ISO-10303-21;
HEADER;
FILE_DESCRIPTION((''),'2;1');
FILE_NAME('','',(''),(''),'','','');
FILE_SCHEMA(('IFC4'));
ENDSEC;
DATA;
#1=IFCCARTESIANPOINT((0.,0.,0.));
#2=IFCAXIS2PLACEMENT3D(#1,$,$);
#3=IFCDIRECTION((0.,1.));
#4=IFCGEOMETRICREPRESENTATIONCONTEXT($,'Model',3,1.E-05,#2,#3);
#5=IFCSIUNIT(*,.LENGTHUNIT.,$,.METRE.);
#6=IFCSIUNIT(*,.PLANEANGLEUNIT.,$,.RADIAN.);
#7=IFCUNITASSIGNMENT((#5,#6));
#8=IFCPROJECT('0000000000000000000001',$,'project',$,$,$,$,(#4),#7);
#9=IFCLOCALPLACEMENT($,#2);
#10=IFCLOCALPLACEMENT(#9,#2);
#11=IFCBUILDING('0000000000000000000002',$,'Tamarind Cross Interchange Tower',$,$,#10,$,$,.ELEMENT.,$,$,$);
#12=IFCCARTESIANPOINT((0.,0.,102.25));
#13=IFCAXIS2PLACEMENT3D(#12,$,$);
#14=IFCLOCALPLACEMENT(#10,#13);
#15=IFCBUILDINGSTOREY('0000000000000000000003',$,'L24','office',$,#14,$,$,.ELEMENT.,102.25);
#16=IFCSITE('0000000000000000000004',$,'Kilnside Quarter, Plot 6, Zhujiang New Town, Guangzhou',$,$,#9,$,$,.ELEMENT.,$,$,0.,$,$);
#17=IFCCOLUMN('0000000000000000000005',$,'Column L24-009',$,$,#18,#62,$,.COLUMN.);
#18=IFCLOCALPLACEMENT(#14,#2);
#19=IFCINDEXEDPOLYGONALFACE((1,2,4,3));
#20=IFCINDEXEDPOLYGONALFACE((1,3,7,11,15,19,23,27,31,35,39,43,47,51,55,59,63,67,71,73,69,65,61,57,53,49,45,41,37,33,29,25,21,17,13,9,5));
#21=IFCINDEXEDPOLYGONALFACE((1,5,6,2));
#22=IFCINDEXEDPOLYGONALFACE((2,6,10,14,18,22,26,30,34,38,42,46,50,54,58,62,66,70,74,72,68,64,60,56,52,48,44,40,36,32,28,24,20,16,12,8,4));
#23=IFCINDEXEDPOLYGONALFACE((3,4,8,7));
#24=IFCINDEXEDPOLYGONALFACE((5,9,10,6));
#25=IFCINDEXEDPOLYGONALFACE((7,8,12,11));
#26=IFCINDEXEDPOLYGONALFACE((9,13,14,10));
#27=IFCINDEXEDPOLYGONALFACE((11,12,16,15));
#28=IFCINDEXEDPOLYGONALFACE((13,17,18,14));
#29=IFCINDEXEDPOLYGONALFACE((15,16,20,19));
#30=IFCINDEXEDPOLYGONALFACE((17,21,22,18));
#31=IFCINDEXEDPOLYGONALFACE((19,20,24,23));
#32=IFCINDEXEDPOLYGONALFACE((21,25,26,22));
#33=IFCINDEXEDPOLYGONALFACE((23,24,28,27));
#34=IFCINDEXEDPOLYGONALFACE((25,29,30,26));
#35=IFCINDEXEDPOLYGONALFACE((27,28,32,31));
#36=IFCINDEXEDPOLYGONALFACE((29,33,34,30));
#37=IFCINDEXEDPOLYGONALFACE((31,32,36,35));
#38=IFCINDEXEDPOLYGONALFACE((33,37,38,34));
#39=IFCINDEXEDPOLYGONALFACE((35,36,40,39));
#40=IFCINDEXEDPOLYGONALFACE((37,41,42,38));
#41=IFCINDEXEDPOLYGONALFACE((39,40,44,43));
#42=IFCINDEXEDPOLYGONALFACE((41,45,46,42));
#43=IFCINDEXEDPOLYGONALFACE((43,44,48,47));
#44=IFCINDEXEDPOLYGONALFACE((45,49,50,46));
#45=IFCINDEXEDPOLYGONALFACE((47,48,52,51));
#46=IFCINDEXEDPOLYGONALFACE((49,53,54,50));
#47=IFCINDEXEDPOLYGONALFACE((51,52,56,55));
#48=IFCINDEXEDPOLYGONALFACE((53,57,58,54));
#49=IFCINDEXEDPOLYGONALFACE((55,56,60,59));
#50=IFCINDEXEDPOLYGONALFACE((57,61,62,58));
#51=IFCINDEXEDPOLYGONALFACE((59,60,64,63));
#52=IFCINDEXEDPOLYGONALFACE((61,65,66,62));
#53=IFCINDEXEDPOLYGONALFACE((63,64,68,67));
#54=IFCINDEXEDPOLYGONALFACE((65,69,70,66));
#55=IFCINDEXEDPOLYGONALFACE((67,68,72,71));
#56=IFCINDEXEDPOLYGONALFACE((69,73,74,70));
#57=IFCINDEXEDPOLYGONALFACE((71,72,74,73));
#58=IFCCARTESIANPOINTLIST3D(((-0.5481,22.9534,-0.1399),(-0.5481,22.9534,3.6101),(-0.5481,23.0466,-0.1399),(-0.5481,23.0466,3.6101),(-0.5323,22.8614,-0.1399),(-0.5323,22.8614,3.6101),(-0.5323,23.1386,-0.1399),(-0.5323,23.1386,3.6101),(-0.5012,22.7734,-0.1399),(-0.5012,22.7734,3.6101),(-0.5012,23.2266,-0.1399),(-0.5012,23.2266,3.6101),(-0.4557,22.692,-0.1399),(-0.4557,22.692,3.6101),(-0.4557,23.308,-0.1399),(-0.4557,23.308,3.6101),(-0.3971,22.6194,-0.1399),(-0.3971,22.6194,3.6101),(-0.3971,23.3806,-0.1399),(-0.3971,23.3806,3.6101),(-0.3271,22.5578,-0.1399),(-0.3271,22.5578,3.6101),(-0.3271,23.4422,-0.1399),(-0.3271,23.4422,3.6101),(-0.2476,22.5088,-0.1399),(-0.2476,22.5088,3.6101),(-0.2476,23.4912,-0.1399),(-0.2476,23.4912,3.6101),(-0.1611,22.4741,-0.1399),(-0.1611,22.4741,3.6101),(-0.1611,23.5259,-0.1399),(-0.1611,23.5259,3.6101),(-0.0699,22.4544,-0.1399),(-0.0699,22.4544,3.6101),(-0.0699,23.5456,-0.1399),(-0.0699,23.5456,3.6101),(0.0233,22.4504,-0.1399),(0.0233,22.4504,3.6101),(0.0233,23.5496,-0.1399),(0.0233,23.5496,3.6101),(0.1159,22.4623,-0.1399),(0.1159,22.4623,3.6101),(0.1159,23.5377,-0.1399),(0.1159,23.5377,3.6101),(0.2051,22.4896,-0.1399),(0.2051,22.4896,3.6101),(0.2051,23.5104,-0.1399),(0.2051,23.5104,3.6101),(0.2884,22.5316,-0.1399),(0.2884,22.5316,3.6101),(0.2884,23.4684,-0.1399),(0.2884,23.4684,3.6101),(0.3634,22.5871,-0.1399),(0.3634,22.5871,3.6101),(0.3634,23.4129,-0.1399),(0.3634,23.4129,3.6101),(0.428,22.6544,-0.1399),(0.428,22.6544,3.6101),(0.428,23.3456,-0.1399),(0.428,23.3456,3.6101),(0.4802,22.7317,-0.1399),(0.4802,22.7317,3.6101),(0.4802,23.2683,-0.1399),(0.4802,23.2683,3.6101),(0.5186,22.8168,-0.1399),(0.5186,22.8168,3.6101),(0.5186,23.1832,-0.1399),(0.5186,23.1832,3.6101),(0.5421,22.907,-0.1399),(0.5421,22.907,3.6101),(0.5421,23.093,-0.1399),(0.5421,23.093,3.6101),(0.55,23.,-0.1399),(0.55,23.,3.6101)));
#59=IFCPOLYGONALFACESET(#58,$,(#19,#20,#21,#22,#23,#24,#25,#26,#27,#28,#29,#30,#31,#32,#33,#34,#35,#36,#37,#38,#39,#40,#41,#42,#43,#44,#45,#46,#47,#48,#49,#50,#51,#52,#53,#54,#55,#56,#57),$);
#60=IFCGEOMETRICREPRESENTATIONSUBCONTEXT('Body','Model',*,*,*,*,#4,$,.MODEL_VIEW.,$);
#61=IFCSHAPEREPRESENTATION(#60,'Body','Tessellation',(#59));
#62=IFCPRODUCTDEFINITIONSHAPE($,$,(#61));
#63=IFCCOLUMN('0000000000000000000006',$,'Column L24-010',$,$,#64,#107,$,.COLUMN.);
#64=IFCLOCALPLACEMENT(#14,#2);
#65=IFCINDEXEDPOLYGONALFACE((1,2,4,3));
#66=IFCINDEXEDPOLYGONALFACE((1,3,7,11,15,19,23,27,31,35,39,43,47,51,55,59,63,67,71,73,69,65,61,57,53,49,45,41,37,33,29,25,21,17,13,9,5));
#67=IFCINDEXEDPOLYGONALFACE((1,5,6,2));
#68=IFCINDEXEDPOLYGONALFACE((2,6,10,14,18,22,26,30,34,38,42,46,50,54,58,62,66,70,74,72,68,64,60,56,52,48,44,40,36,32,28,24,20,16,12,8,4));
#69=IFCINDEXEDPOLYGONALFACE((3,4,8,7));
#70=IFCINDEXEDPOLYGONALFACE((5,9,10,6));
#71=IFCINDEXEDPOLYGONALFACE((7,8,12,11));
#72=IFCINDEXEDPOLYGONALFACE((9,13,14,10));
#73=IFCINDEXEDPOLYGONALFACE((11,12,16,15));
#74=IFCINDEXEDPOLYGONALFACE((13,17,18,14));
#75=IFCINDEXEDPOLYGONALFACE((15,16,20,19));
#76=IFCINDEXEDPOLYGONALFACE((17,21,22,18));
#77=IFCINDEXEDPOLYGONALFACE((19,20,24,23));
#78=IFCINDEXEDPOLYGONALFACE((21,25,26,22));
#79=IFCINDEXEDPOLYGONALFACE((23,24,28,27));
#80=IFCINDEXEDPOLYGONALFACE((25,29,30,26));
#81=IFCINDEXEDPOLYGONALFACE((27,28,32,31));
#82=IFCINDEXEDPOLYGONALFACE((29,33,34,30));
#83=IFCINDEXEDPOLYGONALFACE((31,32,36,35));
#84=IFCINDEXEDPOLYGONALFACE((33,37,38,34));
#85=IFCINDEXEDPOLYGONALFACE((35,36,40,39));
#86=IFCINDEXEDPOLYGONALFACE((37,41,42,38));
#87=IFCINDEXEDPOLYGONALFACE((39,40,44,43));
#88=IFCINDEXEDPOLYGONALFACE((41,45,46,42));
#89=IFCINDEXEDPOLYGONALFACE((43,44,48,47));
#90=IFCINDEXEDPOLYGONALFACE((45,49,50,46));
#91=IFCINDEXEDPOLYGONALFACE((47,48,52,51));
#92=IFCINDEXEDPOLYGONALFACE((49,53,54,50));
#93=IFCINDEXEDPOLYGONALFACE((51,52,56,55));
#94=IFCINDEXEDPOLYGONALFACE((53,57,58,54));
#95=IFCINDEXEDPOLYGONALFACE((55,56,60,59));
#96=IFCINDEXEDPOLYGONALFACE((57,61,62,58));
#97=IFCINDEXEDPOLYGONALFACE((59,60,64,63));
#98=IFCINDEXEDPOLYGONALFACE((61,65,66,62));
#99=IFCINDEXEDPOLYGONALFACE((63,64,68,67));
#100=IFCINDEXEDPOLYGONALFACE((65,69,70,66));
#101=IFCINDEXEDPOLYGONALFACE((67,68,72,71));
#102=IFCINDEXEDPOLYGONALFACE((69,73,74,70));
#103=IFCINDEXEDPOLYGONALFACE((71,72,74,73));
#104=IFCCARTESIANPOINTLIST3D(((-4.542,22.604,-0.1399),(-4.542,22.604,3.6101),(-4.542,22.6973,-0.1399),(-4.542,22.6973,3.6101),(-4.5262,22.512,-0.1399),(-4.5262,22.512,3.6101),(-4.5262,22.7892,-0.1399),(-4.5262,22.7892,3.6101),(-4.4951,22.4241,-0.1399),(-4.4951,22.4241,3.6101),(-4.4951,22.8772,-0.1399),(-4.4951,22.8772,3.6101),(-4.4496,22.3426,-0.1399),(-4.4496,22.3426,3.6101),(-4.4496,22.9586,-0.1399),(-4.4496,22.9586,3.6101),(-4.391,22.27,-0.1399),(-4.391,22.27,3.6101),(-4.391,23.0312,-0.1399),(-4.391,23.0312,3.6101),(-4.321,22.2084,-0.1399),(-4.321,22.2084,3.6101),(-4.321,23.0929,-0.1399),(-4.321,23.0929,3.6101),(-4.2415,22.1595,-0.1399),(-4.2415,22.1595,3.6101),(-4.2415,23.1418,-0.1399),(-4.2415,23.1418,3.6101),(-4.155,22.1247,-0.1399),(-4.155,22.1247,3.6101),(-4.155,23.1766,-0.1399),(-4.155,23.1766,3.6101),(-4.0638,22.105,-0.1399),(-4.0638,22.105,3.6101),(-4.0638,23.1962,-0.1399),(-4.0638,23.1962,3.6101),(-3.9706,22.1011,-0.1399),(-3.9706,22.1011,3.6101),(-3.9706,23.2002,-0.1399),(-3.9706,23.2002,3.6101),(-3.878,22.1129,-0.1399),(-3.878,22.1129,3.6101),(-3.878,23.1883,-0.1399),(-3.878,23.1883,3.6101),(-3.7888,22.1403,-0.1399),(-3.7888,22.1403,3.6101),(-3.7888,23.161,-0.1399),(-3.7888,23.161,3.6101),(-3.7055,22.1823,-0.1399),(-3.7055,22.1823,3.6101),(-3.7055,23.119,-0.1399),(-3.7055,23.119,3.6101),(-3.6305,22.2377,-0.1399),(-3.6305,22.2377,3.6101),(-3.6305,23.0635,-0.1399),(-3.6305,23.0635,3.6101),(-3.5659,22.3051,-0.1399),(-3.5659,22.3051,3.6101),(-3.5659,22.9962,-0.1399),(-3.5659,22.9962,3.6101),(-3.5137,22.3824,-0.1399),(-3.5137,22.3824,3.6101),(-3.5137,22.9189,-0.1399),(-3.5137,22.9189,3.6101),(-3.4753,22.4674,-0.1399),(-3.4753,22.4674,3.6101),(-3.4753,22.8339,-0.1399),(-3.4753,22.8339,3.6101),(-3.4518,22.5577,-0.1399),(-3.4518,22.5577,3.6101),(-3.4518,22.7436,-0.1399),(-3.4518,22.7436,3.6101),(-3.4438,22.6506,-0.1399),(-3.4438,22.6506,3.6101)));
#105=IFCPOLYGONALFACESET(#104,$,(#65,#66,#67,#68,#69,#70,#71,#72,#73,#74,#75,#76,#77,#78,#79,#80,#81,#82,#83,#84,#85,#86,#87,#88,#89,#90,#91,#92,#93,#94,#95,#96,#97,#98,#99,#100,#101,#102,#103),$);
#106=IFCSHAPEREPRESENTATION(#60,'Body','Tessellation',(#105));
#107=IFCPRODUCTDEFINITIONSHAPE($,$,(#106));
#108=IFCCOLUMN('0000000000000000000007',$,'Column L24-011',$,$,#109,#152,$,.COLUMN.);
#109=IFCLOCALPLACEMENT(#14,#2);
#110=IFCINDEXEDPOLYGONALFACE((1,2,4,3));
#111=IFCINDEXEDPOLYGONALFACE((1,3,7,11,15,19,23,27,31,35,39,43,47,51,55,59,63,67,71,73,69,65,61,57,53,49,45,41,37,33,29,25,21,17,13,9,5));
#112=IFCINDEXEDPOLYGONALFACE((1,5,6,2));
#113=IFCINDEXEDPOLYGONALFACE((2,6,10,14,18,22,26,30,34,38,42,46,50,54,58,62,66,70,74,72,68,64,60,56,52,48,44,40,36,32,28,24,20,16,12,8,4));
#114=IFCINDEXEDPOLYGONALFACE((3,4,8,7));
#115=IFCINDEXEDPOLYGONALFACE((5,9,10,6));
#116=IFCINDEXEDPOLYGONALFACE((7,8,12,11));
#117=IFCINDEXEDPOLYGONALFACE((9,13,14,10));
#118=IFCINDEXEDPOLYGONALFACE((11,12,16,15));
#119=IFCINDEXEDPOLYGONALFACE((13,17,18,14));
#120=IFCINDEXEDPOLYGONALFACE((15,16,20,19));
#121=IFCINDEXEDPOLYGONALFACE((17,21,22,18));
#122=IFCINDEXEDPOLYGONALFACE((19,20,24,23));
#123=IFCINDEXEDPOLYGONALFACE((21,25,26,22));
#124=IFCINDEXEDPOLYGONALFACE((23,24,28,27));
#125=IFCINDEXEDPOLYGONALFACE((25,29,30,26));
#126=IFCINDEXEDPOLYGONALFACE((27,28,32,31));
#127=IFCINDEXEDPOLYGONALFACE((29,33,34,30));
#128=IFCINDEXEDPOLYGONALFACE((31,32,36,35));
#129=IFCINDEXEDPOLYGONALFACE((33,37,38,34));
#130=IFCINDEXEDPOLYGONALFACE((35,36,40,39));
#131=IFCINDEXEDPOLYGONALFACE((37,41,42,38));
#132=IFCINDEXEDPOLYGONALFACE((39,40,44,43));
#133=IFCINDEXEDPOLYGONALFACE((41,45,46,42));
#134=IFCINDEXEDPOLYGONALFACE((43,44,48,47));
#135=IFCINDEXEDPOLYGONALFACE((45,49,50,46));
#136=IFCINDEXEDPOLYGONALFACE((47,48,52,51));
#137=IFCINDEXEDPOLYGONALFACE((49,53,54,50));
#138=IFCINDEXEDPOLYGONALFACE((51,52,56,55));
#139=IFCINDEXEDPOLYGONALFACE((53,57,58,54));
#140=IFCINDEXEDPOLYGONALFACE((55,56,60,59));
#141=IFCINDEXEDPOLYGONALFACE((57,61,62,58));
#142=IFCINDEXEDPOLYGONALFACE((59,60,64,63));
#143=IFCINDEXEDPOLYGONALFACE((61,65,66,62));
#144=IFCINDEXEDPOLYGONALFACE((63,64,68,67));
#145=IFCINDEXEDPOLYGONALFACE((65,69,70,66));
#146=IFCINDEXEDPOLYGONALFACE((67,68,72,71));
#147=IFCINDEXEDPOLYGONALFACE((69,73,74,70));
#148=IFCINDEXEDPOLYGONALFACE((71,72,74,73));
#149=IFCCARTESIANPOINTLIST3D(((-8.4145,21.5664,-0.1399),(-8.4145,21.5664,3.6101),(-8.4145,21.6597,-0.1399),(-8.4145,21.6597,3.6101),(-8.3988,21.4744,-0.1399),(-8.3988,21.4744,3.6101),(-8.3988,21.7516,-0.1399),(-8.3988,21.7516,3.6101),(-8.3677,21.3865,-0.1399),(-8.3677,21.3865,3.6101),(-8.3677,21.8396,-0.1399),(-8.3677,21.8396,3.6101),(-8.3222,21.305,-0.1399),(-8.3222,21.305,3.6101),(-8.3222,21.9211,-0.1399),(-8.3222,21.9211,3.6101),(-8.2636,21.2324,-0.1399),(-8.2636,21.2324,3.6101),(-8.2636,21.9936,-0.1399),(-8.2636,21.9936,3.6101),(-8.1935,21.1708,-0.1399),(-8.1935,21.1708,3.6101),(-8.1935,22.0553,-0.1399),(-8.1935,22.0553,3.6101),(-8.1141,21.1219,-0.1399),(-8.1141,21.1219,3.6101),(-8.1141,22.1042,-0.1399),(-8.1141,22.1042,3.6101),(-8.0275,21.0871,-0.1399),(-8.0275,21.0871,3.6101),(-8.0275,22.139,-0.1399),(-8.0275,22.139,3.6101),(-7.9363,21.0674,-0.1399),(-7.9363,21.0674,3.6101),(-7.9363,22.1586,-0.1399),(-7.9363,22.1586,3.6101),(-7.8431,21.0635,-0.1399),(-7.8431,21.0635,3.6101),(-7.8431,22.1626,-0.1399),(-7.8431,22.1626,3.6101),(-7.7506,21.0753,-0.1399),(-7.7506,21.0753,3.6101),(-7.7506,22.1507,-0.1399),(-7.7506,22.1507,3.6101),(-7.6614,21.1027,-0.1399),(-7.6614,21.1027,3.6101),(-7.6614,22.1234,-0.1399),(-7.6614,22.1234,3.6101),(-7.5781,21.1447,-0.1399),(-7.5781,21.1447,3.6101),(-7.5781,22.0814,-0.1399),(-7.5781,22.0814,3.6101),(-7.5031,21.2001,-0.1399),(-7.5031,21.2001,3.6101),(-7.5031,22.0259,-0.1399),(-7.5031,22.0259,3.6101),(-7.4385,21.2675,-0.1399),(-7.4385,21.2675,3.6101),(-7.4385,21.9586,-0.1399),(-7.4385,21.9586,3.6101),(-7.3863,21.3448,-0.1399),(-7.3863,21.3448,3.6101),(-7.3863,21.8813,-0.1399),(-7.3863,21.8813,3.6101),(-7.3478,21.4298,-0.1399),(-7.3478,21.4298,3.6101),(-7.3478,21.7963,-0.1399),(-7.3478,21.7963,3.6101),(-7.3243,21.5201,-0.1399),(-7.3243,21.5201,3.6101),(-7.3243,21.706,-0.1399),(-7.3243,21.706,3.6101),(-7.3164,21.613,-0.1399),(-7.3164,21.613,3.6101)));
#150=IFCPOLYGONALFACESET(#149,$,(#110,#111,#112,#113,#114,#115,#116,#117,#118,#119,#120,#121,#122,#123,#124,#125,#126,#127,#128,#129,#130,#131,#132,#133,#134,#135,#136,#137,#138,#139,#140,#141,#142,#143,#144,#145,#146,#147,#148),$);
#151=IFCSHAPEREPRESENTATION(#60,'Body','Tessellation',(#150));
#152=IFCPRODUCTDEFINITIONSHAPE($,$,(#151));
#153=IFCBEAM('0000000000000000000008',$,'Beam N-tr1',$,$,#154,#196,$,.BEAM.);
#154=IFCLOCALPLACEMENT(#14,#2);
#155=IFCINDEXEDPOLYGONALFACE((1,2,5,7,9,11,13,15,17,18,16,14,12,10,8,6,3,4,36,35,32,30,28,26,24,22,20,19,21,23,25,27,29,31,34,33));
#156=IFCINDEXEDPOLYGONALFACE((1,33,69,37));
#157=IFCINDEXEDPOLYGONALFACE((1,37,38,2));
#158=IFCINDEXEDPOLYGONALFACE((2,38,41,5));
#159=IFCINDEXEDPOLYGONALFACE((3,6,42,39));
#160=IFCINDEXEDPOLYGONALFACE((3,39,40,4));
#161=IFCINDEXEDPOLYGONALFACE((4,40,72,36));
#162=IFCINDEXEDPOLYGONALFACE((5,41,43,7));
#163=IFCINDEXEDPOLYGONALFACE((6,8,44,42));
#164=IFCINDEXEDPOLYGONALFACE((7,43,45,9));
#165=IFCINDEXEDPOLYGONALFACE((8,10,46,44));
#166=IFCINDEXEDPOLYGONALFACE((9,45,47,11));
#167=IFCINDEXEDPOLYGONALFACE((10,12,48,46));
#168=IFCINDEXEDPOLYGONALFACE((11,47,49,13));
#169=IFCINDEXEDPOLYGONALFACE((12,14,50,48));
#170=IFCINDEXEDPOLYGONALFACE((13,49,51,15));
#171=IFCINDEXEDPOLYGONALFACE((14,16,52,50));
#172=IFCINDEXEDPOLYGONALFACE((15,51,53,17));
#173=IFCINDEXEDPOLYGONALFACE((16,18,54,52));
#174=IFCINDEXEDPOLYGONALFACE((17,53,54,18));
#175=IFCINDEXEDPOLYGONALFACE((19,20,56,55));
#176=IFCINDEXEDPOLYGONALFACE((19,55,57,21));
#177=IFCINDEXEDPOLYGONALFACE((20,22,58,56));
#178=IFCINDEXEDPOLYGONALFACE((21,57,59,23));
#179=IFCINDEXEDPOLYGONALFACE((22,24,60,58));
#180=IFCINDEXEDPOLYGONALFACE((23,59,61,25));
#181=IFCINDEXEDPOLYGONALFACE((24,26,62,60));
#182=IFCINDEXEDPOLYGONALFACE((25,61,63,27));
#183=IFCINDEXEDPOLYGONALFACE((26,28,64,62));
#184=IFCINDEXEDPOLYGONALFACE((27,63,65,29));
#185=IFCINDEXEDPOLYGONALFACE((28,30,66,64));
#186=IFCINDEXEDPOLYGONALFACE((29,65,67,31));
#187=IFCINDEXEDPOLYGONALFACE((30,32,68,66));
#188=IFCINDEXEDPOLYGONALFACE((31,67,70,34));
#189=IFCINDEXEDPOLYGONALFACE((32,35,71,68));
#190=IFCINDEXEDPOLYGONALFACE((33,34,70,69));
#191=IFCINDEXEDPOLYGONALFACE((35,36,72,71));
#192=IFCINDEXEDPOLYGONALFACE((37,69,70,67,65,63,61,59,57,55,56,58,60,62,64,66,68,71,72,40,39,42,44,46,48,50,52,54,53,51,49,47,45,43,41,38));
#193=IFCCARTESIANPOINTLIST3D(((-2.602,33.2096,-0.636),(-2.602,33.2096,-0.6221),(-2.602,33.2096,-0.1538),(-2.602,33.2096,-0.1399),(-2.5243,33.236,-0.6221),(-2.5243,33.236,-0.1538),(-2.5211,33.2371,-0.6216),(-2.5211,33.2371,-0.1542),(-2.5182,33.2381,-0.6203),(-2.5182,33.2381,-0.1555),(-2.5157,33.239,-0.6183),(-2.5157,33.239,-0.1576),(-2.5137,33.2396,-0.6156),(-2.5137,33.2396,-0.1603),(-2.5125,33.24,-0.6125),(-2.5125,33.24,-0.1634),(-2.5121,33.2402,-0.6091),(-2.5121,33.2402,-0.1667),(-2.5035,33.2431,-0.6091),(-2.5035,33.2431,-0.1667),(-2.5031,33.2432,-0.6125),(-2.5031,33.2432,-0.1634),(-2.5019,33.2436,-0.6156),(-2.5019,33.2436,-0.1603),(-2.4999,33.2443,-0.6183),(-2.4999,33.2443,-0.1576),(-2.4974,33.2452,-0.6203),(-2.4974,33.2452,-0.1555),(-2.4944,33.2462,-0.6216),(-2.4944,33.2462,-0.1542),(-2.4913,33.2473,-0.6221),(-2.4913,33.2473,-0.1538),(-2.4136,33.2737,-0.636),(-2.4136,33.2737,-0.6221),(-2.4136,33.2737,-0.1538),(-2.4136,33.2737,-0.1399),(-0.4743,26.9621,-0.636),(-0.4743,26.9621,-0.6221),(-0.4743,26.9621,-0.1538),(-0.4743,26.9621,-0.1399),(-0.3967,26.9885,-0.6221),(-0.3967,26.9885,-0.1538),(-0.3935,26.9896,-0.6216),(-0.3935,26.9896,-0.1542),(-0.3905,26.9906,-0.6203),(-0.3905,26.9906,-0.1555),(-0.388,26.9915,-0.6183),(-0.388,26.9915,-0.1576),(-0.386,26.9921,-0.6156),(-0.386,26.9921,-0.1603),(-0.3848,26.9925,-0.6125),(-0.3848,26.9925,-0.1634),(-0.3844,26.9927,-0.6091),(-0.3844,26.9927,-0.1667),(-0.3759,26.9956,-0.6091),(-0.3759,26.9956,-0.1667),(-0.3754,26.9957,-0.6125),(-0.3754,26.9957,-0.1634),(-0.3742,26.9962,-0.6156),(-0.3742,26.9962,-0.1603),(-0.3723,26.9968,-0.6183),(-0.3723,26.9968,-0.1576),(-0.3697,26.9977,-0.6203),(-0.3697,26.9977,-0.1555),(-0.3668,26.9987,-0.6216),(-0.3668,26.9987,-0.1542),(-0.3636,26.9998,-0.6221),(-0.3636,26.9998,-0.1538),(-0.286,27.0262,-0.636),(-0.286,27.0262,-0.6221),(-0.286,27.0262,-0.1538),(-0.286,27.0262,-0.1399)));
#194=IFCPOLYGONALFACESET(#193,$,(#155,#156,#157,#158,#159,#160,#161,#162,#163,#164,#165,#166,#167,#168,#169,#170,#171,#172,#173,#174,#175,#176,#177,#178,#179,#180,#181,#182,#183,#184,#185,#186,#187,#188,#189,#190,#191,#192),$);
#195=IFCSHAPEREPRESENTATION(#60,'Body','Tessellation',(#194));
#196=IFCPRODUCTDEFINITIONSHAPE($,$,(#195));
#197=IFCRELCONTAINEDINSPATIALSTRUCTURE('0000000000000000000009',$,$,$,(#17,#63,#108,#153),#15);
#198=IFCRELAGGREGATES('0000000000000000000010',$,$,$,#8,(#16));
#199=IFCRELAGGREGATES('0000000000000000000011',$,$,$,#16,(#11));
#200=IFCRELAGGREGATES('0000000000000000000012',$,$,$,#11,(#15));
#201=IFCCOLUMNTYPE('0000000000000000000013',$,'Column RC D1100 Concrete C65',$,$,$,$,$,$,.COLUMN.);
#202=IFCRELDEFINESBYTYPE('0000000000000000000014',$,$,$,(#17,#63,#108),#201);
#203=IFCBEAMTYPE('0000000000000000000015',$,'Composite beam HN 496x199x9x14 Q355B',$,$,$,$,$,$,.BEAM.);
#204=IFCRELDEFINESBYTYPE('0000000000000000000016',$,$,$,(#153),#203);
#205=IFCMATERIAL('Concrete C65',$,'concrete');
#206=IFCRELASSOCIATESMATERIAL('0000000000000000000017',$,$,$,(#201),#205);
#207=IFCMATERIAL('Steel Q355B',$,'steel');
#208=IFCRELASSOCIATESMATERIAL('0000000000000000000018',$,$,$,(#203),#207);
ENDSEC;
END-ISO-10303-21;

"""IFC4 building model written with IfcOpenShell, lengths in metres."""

from ifc_helpers import new_model, si_unit, direction, frame, origin, origin_2d, place, context, subcontext, project, spatial, circle, i_section, extrude, material, material_profile, profile_set, type_object, element, save


model = new_model("IFC4")

# Units and contexts
model_context = context("Model", 3, precision=1e-05, world=origin(), true_north=direction((0.0, 1.0)))
body_context = subcontext(model_context, "Body", "Model", "MODEL_VIEW")
ifc_project = project(units=[si_unit("LENGTHUNIT", "METRE"), si_unit("PLANEANGLEUNIT", "RADIAN")], contexts=[model_context])

# Site, building, storey
site_placement = place(None, origin())
site = spatial("IfcSite", under=ifc_project, at=site_placement, Name="Kilnside Quarter, Plot 6, Zhujiang New Town, Guangzhou", CompositionType="ELEMENT", RefElevation=0.0)
building_placement = place(site_placement, origin())
building = spatial("IfcBuilding", under=site, at=building_placement, Name="Tamarind Cross Interchange Tower", CompositionType="ELEMENT")
storey_placement = place(building_placement, frame((0.0, 0.0, 102.25)))
storey = spatial("IfcBuildingStorey", under=building, at=storey_placement, Name="L24", Description="office", CompositionType="ELEMENT", Elevation=102.25)

# Columns
ifc_material_1 = material(Name="Concrete C65", Category="concrete")
ifc_material_profile_1 = material_profile(ifc_material_1, circle(Radius=0.55, at=origin_2d()), Name="RC D1100")
ifc_profile_set_1 = profile_set([ifc_material_profile_1], Name="Concrete C65")
column_type = type_object("IfcColumnType", Name="Column RC D1100 Concrete C65", PredefinedType="COLUMN", material=ifc_profile_set_1)
for number, where, z_axis, x_axis, name in (
    (1, (0.0, 23.0, -0.1399), (0.0, 0.0, 1.0), (1.0, 0.0, 0.0), "Column L24-009"),
    (2, (-3.9939, 22.6506, -0.1399), (0.0, 0.0, 1.0), (1.0, 0.0, 0.0), "Column L24-010"),
    (3, (-7.8665, 21.613, -0.1399), (0.0, 0.0, 1.0), (1.0, 0.0, 0.0), "Column L24-011"),
):
    element("IfcColumn", number, at=place(storey_placement, frame(where, z_axis=z_axis, x_axis=x_axis)), inside=storey, type_object=column_type, Name=name, PredefinedType="COLUMN", context=body_context, shape_type="SweptSolid", body=[
        extrude(circle(Radius=0.55, at=origin_2d()), origin(), (0.0, 0.0, 1.0), 3.75),
    ])

# Beam
ifc_material_2 = material(Name="Steel Q355B", Category="steel")
ifc_material_profile_2 = material_profile(ifc_material_2, i_section(OverallWidth=0.199, OverallDepth=0.4961, WebThickness=0.009, FlangeThickness=0.0139, FilletRadius=0.0129, at=origin_2d()), Name="HN 496x199x9x14")
ifc_profile_set_2 = profile_set([ifc_material_profile_2], Name="Steel Q355B")
beam_type_1 = type_object("IfcBeamType", Name="Composite beam HN 496x199x9x14 Q355B", PredefinedType="BEAM", material=ifc_profile_set_2)
for number, where, z_axis, x_axis, name in (
    (4, (-0.3801, 26.9941, -0.3879), (-0.32238, 0.94661, 0.0), (-0.94661, -0.32238, 0.0), "Beam N-tr1"),
):
    element("IfcBeam", number, at=place(storey_placement, frame(where, z_axis=z_axis, x_axis=x_axis)), inside=storey, type_object=beam_type_1, Name=name, PredefinedType="BEAM", context=body_context, shape_type="SweptSolid", body=[
        extrude(i_section(OverallWidth=0.199, OverallDepth=0.4961, WebThickness=0.009, FlangeThickness=0.0139, FilletRadius=0.0129, at=origin_2d()), origin(), (0.0, 0.0, 1.0), 6.5999),
    ])

save(model, "model.ifc")
